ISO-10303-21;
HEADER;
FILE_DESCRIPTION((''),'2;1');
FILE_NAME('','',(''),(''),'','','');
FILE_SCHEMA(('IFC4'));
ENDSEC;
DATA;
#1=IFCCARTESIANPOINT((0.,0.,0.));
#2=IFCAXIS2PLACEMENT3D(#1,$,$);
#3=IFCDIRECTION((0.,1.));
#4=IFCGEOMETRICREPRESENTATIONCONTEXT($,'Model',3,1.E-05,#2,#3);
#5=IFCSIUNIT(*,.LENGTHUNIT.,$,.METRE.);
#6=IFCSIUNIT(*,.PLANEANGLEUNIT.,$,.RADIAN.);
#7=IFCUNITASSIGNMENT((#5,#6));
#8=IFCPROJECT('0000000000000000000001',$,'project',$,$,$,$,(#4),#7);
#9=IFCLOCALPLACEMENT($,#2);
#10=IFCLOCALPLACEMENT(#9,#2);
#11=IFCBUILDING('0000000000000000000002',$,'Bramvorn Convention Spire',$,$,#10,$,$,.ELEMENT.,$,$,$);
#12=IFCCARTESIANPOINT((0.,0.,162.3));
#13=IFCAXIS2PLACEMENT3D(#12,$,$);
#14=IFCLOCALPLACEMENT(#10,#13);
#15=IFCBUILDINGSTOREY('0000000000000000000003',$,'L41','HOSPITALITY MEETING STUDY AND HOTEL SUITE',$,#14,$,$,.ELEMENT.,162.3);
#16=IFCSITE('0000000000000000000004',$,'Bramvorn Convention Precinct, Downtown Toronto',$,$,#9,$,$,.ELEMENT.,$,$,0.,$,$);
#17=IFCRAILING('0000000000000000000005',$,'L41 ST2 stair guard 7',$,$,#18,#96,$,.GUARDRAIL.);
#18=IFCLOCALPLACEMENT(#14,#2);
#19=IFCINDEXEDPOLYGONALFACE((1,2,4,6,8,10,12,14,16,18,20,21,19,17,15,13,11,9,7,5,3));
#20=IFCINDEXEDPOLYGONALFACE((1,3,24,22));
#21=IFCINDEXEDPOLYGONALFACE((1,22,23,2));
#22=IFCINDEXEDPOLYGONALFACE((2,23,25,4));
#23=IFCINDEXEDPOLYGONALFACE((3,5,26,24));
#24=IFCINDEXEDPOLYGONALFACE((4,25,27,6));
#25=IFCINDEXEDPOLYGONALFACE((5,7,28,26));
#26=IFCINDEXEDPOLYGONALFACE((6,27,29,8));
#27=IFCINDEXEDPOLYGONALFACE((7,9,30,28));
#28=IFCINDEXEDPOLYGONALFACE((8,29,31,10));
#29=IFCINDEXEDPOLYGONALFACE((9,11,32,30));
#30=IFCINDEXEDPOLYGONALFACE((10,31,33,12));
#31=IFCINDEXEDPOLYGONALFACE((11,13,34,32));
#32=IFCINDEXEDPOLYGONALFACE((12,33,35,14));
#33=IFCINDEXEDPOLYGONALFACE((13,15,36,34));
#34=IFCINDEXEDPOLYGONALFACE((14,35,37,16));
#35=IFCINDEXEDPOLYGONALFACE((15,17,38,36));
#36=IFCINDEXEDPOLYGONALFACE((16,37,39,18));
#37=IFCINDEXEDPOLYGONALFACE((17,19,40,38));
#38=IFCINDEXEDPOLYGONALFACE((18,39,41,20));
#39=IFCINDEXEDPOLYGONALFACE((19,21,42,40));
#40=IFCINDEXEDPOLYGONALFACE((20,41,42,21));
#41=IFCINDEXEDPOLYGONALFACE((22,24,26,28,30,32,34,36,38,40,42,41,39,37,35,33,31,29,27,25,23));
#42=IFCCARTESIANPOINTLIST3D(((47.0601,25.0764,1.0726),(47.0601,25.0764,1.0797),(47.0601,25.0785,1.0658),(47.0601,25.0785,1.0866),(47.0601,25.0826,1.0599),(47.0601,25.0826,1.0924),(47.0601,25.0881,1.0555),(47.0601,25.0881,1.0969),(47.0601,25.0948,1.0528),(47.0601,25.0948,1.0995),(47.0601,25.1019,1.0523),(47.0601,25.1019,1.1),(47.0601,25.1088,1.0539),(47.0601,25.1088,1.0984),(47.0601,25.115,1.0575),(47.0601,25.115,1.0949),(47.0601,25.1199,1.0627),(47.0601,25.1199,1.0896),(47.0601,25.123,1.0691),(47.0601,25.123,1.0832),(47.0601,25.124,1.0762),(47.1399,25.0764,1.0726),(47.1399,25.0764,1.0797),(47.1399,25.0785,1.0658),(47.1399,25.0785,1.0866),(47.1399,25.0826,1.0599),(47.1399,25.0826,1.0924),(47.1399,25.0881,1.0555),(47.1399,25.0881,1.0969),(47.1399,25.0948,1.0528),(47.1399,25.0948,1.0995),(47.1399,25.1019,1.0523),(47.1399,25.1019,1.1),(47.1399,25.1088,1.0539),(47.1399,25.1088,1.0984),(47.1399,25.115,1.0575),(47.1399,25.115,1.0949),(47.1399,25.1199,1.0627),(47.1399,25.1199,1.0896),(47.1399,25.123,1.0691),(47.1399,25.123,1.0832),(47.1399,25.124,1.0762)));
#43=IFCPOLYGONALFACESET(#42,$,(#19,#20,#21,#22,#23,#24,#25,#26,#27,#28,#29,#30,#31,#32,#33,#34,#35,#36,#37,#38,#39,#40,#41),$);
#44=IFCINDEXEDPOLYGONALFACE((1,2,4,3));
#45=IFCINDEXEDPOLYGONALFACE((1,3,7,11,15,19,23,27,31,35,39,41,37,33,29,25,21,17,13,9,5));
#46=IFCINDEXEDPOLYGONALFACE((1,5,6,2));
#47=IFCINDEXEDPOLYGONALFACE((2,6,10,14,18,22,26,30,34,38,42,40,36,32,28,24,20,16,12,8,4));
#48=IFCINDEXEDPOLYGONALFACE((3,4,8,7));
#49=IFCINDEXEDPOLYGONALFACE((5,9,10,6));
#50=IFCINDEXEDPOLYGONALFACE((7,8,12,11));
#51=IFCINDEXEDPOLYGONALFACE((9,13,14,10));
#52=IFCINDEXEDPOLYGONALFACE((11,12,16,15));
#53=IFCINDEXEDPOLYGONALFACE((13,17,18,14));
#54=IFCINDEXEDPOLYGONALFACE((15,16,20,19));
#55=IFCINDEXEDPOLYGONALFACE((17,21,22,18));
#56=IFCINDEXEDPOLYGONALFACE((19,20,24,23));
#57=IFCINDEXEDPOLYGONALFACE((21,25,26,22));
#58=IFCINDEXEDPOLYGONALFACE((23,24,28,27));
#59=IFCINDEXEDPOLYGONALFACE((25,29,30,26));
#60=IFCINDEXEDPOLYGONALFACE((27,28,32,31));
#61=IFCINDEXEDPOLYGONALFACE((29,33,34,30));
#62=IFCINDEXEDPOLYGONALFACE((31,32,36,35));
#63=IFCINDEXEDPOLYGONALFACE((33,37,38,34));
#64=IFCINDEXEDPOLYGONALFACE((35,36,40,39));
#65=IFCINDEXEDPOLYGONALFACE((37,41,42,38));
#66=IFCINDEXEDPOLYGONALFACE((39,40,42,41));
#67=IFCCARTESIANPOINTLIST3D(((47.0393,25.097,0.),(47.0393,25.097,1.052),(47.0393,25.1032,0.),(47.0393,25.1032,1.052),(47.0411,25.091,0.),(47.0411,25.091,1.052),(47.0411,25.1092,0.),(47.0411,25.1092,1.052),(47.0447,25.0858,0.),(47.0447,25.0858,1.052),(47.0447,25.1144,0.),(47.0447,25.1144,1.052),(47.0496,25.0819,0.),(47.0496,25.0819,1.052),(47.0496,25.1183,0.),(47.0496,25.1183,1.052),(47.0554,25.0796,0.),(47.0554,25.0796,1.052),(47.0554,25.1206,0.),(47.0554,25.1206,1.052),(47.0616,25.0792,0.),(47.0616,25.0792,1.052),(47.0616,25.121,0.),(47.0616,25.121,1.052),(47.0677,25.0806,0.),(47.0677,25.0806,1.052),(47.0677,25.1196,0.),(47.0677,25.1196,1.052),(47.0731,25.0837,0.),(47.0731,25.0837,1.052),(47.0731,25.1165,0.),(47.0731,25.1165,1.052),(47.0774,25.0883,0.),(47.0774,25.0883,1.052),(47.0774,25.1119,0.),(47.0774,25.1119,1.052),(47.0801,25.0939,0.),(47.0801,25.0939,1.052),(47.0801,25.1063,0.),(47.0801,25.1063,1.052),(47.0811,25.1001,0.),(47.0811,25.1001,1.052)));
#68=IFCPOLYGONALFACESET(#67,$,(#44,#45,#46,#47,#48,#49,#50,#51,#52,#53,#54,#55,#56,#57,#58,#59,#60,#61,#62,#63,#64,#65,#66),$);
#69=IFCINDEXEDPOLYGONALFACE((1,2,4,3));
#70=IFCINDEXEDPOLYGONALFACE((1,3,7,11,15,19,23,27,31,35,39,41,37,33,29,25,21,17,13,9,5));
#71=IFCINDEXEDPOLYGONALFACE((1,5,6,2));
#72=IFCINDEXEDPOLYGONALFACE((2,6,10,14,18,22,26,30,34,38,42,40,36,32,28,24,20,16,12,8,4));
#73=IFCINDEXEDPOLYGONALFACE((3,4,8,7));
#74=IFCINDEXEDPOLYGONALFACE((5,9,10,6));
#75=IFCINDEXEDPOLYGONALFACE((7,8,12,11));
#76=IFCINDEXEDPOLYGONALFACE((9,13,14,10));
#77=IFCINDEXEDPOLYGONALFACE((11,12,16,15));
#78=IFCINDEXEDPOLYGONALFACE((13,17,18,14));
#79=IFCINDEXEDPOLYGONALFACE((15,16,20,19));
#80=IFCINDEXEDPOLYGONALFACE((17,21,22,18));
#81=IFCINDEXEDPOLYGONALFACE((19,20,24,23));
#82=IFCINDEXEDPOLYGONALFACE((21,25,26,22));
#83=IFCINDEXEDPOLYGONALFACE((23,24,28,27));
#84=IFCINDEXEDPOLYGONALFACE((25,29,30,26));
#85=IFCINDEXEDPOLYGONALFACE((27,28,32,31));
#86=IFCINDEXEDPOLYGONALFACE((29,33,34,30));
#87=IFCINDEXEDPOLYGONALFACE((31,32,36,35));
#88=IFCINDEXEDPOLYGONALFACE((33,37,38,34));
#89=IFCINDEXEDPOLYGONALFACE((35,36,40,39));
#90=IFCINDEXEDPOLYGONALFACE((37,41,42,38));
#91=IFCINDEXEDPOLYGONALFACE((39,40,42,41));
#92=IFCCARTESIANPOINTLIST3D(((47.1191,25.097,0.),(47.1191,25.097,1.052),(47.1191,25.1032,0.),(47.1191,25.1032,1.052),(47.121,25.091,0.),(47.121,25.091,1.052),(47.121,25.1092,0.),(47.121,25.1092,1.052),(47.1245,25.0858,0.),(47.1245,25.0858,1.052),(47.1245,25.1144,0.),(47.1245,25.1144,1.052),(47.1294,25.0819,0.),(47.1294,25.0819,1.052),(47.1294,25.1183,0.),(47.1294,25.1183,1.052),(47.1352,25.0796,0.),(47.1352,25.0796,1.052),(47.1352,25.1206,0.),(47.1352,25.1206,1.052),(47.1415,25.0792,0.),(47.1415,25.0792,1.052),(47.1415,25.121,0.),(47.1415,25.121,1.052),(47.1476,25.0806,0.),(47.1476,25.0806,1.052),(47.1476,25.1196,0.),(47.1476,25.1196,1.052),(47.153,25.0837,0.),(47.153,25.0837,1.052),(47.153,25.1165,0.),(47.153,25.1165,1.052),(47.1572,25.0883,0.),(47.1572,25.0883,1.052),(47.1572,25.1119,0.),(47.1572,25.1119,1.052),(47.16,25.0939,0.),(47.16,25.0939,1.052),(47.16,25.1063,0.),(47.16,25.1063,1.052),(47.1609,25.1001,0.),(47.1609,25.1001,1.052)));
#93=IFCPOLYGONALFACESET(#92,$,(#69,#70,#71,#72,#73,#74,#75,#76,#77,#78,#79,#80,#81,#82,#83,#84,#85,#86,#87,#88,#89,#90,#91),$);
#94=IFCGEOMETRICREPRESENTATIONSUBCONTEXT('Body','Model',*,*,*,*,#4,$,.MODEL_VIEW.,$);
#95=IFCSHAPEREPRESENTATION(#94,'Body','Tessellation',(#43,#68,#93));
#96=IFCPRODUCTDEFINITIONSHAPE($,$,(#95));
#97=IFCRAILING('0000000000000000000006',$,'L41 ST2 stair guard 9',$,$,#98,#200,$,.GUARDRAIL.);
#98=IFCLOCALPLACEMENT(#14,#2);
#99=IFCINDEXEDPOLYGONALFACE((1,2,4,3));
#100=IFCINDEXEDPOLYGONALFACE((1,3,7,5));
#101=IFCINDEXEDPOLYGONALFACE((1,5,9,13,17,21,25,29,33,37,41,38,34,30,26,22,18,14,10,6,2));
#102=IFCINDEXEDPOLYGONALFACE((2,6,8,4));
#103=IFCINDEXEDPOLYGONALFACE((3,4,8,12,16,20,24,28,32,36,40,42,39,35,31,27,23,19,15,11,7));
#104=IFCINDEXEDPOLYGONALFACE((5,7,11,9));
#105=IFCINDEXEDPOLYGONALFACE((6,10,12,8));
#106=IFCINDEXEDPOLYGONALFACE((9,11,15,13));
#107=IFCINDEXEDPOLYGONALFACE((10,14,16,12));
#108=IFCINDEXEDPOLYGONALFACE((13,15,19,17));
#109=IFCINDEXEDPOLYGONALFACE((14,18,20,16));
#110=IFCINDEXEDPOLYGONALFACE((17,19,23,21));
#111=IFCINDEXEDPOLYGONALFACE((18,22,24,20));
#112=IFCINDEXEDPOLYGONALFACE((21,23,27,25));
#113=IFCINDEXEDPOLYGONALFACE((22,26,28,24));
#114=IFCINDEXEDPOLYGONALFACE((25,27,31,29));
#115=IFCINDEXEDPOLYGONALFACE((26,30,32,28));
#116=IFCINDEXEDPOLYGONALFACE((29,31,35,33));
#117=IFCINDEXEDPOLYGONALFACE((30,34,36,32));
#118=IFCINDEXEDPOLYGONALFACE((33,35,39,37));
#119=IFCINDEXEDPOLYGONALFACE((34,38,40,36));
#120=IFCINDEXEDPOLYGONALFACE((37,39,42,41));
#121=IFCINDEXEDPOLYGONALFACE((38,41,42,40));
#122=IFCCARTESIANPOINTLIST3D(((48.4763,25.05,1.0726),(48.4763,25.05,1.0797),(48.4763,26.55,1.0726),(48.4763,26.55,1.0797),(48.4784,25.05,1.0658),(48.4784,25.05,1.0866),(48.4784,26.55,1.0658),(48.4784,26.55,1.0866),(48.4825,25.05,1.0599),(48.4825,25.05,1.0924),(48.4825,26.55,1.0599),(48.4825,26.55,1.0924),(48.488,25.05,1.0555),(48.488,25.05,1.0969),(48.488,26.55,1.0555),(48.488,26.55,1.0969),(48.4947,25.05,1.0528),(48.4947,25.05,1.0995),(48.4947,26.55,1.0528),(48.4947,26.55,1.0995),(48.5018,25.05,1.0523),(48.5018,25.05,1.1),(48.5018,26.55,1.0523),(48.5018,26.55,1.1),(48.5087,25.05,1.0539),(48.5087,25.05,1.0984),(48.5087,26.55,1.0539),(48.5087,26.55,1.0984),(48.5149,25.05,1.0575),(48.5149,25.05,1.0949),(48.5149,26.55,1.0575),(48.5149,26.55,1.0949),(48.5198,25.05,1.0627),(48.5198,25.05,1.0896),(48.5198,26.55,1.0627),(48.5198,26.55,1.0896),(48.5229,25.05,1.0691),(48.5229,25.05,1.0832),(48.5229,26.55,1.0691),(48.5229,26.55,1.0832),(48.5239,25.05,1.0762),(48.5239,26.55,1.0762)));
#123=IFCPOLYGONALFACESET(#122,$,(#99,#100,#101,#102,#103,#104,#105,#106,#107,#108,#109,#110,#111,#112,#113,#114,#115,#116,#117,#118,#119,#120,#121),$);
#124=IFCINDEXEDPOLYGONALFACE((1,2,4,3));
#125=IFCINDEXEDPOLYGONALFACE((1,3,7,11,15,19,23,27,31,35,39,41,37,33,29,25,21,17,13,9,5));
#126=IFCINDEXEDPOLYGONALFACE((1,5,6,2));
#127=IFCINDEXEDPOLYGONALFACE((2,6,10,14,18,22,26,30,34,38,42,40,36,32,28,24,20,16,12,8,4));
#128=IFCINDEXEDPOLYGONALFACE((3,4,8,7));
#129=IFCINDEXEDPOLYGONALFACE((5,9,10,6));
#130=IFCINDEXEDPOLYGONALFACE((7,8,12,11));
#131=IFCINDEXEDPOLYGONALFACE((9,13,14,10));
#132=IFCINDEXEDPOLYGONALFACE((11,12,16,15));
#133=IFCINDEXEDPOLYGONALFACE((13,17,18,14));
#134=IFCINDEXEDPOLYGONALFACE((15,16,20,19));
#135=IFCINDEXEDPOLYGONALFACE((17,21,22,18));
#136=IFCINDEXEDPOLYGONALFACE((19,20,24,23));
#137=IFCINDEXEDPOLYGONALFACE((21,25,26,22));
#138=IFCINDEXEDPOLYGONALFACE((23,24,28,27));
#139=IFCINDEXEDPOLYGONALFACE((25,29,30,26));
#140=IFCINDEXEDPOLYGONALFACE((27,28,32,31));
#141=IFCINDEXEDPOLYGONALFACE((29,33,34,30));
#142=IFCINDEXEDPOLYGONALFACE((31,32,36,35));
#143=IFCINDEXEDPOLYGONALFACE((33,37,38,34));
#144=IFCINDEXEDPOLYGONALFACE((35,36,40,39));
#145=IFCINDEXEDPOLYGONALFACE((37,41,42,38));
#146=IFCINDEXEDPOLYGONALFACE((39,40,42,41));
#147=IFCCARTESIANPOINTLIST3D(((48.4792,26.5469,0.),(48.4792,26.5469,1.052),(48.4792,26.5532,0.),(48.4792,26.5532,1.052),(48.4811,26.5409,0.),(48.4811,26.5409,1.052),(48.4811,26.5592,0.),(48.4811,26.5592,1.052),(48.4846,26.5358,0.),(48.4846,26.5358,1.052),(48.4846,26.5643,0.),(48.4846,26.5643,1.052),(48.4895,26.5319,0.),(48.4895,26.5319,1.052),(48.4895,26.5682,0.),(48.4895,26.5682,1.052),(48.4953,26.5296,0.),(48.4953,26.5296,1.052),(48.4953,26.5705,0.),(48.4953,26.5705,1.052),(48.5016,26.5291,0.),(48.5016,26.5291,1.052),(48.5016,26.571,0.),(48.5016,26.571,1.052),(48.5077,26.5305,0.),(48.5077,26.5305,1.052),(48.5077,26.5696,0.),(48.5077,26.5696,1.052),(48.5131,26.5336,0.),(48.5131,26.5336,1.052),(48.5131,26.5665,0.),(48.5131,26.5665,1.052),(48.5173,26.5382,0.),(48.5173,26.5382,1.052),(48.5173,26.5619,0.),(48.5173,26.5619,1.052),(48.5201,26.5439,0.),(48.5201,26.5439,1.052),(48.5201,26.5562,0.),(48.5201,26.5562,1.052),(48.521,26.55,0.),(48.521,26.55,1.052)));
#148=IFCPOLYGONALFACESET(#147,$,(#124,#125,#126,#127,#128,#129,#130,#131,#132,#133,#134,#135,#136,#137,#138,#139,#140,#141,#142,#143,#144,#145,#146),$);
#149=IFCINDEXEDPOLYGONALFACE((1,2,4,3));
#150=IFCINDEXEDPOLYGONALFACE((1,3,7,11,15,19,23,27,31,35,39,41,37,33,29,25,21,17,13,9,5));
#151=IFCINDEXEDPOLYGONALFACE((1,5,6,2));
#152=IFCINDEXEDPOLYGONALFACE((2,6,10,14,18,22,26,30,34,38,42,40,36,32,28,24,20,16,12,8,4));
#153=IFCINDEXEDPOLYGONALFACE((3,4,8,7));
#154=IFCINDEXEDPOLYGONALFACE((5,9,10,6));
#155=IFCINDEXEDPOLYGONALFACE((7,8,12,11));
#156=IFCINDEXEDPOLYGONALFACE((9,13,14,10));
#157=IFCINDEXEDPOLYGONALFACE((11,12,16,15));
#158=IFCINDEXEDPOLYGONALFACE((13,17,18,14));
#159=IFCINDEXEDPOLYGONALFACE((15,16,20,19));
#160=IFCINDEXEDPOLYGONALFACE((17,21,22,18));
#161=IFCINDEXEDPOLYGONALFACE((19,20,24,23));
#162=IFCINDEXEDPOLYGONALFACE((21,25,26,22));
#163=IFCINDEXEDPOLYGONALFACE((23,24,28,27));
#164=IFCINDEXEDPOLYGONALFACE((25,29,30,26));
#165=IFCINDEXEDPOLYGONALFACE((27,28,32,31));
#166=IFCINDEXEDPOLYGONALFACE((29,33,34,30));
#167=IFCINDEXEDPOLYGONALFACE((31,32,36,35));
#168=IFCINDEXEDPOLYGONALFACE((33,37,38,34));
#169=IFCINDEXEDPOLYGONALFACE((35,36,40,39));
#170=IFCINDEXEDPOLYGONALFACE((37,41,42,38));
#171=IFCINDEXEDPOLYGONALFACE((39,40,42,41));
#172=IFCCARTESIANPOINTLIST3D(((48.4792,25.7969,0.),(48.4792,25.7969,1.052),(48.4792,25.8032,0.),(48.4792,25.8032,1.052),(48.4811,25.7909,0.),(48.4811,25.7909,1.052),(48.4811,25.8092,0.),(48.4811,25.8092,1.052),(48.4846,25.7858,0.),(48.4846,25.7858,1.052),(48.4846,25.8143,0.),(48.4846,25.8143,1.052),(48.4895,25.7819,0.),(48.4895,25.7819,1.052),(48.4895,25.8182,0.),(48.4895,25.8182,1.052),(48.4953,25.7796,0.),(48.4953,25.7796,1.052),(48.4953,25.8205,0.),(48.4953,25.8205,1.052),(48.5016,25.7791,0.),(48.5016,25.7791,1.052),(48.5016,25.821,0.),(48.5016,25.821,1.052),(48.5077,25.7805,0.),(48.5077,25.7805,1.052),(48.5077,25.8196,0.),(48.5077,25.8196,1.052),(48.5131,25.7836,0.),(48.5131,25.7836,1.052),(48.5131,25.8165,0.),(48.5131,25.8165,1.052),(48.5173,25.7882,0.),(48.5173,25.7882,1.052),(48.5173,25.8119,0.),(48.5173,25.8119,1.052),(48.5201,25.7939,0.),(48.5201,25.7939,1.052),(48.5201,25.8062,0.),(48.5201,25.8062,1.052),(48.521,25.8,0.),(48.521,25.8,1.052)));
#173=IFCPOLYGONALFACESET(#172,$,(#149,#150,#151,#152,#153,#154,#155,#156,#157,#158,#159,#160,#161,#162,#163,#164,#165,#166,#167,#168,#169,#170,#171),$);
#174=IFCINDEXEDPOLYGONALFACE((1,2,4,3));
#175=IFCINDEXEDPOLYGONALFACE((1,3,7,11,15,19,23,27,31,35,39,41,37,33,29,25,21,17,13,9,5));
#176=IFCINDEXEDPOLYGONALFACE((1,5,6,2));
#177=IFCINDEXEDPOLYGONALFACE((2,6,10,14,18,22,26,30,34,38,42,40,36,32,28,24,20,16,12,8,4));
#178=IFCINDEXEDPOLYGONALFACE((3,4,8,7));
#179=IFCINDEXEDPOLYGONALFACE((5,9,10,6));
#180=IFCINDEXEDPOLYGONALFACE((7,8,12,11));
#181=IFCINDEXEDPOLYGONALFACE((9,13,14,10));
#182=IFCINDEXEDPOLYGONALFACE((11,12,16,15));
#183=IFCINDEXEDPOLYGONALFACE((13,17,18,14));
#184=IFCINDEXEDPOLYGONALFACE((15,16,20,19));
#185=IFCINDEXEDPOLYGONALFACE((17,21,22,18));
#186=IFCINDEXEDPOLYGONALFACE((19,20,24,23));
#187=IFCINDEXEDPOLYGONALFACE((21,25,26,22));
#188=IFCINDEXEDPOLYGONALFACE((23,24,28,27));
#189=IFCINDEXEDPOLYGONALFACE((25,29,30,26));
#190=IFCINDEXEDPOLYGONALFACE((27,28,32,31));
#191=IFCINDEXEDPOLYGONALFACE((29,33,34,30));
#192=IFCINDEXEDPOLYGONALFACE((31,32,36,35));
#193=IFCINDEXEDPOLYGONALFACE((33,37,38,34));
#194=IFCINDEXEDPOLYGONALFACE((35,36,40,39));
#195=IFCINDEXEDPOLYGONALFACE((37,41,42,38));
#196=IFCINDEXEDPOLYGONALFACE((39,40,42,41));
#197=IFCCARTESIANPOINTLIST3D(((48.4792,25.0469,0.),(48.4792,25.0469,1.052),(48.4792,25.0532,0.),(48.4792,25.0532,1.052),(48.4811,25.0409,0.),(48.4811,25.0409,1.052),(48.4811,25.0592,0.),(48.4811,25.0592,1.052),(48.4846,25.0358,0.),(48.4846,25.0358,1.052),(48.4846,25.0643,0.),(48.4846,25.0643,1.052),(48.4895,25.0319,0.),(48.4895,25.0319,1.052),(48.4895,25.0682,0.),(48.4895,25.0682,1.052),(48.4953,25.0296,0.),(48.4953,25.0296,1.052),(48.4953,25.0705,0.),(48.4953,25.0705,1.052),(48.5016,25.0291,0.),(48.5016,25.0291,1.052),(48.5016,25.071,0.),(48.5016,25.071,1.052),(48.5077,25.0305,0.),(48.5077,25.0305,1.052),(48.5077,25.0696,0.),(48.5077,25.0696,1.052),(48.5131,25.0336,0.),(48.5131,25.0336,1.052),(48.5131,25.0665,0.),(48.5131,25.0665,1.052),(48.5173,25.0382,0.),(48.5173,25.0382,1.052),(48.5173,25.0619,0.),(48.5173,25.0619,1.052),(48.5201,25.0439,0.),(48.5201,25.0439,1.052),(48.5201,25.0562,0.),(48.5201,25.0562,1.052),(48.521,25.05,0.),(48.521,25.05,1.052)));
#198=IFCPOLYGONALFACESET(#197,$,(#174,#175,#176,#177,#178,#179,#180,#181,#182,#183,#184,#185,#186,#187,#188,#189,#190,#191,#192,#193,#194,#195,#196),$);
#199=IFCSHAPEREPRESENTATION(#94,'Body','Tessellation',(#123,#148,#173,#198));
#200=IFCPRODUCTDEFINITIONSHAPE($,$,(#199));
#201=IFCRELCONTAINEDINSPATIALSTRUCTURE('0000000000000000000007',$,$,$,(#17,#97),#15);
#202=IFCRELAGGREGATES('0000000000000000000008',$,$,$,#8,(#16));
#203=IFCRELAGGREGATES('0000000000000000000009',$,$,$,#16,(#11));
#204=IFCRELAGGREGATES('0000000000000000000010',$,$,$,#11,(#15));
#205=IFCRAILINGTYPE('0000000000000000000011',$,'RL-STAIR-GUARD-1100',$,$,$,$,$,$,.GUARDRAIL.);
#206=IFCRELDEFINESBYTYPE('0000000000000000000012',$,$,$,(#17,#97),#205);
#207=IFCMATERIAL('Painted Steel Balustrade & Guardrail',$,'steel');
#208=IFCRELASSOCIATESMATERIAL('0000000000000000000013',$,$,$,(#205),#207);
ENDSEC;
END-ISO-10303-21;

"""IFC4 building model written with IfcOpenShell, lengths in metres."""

from ifc_helpers import new_model, si_unit, direction, frame, origin, origin_2d, place, context, subcontext, project, spatial, circle, extrude, material, type_object, element, save


model = new_model("IFC4")

# Units and contexts
model_context = context("Model", 3, precision=1e-05, world=origin(), true_north=direction((0.0, 1.0)))
body_context = subcontext(model_context, "Body", "Model", "MODEL_VIEW")
ifc_project = project(units=[si_unit("LENGTHUNIT", "METRE"), si_unit("PLANEANGLEUNIT", "RADIAN")], contexts=[model_context])

# Site, building, storey
site_placement = place(None, origin())
site = spatial("IfcSite", under=ifc_project, at=site_placement, Name="Bramvorn Convention Precinct, Downtown Toronto", CompositionType="ELEMENT", RefElevation=0.0)
building_placement = place(site_placement, origin())
building = spatial("IfcBuilding", under=site, at=building_placement, Name="Bramvorn Convention Spire", CompositionType="ELEMENT")
storey_placement = place(building_placement, frame((0.0, 0.0, 162.3)))
storey = spatial("IfcBuildingStorey", under=building, at=storey_placement, Name="L41", Description="HOSPITALITY MEETING STUDY AND HOTEL SUITE", CompositionType="ELEMENT", Elevation=162.3)

# Railings
ifc_material_1 = material(Name="Painted Steel Balustrade & Guardrail", Category="steel")
railing_type_1 = type_object("IfcRailingType", Name="RL-STAIR-GUARD-1100", PredefinedType="GUARDRAIL", material=ifc_material_1)
railing_1_placement = place(storey_placement, frame((47.0601, 25.1001, 0.0)))
element("IfcRailing", 1, at=railing_1_placement, inside=storey, type_object=railing_type_1, Name="L41 ST2 stair guard 7", PredefinedType="GUARDRAIL", context=body_context, shape_type="SweptSolid", body=[
    extrude(circle(Radius=0.0239, at=origin_2d()), frame((0.0, 0.0, 1.0762), z_axis=(1.0, 0.0, 0.0), x_axis=(0.0, 1.0, 0.0)), (0.0, 0.0, 1.0), 0.0798),
    extrude(circle(Radius=0.021, at=origin_2d()), origin(), (0.0, 0.0, 1.0), 1.052),
    extrude(circle(Radius=0.021, at=origin_2d()), frame((0.0798, 0.0, 0.0)), (0.0, 0.0, 1.0), 1.052),
])
railing_2_placement = place(storey_placement, frame((48.5, 26.55, 0.0)))
element("IfcRailing", 2, at=railing_2_placement, inside=storey, type_object=railing_type_1, Name="L41 ST2 stair guard 9", PredefinedType="GUARDRAIL", context=body_context, shape_type="SweptSolid", body=[
    extrude(circle(Radius=0.0239, at=origin_2d()), frame((0.0, 0.0, 1.0762), z_axis=(0.0, -1.0, 0.0), x_axis=(1.0, 0.0, 0.0)), (0.0, 0.0, 1.0), 1.5),
    extrude(circle(Radius=0.021, at=origin_2d()), origin(), (0.0, 0.0, 1.0), 1.052),
    extrude(circle(Radius=0.021, at=origin_2d()), frame((0.0, -0.75, 0.0)), (0.0, 0.0, 1.0), 1.052),
    extrude(circle(Radius=0.021, at=origin_2d()), frame((0.0, -1.5, 0.0)), (0.0, 0.0, 1.0), 1.052),
])

save(model, "model.ifc")
